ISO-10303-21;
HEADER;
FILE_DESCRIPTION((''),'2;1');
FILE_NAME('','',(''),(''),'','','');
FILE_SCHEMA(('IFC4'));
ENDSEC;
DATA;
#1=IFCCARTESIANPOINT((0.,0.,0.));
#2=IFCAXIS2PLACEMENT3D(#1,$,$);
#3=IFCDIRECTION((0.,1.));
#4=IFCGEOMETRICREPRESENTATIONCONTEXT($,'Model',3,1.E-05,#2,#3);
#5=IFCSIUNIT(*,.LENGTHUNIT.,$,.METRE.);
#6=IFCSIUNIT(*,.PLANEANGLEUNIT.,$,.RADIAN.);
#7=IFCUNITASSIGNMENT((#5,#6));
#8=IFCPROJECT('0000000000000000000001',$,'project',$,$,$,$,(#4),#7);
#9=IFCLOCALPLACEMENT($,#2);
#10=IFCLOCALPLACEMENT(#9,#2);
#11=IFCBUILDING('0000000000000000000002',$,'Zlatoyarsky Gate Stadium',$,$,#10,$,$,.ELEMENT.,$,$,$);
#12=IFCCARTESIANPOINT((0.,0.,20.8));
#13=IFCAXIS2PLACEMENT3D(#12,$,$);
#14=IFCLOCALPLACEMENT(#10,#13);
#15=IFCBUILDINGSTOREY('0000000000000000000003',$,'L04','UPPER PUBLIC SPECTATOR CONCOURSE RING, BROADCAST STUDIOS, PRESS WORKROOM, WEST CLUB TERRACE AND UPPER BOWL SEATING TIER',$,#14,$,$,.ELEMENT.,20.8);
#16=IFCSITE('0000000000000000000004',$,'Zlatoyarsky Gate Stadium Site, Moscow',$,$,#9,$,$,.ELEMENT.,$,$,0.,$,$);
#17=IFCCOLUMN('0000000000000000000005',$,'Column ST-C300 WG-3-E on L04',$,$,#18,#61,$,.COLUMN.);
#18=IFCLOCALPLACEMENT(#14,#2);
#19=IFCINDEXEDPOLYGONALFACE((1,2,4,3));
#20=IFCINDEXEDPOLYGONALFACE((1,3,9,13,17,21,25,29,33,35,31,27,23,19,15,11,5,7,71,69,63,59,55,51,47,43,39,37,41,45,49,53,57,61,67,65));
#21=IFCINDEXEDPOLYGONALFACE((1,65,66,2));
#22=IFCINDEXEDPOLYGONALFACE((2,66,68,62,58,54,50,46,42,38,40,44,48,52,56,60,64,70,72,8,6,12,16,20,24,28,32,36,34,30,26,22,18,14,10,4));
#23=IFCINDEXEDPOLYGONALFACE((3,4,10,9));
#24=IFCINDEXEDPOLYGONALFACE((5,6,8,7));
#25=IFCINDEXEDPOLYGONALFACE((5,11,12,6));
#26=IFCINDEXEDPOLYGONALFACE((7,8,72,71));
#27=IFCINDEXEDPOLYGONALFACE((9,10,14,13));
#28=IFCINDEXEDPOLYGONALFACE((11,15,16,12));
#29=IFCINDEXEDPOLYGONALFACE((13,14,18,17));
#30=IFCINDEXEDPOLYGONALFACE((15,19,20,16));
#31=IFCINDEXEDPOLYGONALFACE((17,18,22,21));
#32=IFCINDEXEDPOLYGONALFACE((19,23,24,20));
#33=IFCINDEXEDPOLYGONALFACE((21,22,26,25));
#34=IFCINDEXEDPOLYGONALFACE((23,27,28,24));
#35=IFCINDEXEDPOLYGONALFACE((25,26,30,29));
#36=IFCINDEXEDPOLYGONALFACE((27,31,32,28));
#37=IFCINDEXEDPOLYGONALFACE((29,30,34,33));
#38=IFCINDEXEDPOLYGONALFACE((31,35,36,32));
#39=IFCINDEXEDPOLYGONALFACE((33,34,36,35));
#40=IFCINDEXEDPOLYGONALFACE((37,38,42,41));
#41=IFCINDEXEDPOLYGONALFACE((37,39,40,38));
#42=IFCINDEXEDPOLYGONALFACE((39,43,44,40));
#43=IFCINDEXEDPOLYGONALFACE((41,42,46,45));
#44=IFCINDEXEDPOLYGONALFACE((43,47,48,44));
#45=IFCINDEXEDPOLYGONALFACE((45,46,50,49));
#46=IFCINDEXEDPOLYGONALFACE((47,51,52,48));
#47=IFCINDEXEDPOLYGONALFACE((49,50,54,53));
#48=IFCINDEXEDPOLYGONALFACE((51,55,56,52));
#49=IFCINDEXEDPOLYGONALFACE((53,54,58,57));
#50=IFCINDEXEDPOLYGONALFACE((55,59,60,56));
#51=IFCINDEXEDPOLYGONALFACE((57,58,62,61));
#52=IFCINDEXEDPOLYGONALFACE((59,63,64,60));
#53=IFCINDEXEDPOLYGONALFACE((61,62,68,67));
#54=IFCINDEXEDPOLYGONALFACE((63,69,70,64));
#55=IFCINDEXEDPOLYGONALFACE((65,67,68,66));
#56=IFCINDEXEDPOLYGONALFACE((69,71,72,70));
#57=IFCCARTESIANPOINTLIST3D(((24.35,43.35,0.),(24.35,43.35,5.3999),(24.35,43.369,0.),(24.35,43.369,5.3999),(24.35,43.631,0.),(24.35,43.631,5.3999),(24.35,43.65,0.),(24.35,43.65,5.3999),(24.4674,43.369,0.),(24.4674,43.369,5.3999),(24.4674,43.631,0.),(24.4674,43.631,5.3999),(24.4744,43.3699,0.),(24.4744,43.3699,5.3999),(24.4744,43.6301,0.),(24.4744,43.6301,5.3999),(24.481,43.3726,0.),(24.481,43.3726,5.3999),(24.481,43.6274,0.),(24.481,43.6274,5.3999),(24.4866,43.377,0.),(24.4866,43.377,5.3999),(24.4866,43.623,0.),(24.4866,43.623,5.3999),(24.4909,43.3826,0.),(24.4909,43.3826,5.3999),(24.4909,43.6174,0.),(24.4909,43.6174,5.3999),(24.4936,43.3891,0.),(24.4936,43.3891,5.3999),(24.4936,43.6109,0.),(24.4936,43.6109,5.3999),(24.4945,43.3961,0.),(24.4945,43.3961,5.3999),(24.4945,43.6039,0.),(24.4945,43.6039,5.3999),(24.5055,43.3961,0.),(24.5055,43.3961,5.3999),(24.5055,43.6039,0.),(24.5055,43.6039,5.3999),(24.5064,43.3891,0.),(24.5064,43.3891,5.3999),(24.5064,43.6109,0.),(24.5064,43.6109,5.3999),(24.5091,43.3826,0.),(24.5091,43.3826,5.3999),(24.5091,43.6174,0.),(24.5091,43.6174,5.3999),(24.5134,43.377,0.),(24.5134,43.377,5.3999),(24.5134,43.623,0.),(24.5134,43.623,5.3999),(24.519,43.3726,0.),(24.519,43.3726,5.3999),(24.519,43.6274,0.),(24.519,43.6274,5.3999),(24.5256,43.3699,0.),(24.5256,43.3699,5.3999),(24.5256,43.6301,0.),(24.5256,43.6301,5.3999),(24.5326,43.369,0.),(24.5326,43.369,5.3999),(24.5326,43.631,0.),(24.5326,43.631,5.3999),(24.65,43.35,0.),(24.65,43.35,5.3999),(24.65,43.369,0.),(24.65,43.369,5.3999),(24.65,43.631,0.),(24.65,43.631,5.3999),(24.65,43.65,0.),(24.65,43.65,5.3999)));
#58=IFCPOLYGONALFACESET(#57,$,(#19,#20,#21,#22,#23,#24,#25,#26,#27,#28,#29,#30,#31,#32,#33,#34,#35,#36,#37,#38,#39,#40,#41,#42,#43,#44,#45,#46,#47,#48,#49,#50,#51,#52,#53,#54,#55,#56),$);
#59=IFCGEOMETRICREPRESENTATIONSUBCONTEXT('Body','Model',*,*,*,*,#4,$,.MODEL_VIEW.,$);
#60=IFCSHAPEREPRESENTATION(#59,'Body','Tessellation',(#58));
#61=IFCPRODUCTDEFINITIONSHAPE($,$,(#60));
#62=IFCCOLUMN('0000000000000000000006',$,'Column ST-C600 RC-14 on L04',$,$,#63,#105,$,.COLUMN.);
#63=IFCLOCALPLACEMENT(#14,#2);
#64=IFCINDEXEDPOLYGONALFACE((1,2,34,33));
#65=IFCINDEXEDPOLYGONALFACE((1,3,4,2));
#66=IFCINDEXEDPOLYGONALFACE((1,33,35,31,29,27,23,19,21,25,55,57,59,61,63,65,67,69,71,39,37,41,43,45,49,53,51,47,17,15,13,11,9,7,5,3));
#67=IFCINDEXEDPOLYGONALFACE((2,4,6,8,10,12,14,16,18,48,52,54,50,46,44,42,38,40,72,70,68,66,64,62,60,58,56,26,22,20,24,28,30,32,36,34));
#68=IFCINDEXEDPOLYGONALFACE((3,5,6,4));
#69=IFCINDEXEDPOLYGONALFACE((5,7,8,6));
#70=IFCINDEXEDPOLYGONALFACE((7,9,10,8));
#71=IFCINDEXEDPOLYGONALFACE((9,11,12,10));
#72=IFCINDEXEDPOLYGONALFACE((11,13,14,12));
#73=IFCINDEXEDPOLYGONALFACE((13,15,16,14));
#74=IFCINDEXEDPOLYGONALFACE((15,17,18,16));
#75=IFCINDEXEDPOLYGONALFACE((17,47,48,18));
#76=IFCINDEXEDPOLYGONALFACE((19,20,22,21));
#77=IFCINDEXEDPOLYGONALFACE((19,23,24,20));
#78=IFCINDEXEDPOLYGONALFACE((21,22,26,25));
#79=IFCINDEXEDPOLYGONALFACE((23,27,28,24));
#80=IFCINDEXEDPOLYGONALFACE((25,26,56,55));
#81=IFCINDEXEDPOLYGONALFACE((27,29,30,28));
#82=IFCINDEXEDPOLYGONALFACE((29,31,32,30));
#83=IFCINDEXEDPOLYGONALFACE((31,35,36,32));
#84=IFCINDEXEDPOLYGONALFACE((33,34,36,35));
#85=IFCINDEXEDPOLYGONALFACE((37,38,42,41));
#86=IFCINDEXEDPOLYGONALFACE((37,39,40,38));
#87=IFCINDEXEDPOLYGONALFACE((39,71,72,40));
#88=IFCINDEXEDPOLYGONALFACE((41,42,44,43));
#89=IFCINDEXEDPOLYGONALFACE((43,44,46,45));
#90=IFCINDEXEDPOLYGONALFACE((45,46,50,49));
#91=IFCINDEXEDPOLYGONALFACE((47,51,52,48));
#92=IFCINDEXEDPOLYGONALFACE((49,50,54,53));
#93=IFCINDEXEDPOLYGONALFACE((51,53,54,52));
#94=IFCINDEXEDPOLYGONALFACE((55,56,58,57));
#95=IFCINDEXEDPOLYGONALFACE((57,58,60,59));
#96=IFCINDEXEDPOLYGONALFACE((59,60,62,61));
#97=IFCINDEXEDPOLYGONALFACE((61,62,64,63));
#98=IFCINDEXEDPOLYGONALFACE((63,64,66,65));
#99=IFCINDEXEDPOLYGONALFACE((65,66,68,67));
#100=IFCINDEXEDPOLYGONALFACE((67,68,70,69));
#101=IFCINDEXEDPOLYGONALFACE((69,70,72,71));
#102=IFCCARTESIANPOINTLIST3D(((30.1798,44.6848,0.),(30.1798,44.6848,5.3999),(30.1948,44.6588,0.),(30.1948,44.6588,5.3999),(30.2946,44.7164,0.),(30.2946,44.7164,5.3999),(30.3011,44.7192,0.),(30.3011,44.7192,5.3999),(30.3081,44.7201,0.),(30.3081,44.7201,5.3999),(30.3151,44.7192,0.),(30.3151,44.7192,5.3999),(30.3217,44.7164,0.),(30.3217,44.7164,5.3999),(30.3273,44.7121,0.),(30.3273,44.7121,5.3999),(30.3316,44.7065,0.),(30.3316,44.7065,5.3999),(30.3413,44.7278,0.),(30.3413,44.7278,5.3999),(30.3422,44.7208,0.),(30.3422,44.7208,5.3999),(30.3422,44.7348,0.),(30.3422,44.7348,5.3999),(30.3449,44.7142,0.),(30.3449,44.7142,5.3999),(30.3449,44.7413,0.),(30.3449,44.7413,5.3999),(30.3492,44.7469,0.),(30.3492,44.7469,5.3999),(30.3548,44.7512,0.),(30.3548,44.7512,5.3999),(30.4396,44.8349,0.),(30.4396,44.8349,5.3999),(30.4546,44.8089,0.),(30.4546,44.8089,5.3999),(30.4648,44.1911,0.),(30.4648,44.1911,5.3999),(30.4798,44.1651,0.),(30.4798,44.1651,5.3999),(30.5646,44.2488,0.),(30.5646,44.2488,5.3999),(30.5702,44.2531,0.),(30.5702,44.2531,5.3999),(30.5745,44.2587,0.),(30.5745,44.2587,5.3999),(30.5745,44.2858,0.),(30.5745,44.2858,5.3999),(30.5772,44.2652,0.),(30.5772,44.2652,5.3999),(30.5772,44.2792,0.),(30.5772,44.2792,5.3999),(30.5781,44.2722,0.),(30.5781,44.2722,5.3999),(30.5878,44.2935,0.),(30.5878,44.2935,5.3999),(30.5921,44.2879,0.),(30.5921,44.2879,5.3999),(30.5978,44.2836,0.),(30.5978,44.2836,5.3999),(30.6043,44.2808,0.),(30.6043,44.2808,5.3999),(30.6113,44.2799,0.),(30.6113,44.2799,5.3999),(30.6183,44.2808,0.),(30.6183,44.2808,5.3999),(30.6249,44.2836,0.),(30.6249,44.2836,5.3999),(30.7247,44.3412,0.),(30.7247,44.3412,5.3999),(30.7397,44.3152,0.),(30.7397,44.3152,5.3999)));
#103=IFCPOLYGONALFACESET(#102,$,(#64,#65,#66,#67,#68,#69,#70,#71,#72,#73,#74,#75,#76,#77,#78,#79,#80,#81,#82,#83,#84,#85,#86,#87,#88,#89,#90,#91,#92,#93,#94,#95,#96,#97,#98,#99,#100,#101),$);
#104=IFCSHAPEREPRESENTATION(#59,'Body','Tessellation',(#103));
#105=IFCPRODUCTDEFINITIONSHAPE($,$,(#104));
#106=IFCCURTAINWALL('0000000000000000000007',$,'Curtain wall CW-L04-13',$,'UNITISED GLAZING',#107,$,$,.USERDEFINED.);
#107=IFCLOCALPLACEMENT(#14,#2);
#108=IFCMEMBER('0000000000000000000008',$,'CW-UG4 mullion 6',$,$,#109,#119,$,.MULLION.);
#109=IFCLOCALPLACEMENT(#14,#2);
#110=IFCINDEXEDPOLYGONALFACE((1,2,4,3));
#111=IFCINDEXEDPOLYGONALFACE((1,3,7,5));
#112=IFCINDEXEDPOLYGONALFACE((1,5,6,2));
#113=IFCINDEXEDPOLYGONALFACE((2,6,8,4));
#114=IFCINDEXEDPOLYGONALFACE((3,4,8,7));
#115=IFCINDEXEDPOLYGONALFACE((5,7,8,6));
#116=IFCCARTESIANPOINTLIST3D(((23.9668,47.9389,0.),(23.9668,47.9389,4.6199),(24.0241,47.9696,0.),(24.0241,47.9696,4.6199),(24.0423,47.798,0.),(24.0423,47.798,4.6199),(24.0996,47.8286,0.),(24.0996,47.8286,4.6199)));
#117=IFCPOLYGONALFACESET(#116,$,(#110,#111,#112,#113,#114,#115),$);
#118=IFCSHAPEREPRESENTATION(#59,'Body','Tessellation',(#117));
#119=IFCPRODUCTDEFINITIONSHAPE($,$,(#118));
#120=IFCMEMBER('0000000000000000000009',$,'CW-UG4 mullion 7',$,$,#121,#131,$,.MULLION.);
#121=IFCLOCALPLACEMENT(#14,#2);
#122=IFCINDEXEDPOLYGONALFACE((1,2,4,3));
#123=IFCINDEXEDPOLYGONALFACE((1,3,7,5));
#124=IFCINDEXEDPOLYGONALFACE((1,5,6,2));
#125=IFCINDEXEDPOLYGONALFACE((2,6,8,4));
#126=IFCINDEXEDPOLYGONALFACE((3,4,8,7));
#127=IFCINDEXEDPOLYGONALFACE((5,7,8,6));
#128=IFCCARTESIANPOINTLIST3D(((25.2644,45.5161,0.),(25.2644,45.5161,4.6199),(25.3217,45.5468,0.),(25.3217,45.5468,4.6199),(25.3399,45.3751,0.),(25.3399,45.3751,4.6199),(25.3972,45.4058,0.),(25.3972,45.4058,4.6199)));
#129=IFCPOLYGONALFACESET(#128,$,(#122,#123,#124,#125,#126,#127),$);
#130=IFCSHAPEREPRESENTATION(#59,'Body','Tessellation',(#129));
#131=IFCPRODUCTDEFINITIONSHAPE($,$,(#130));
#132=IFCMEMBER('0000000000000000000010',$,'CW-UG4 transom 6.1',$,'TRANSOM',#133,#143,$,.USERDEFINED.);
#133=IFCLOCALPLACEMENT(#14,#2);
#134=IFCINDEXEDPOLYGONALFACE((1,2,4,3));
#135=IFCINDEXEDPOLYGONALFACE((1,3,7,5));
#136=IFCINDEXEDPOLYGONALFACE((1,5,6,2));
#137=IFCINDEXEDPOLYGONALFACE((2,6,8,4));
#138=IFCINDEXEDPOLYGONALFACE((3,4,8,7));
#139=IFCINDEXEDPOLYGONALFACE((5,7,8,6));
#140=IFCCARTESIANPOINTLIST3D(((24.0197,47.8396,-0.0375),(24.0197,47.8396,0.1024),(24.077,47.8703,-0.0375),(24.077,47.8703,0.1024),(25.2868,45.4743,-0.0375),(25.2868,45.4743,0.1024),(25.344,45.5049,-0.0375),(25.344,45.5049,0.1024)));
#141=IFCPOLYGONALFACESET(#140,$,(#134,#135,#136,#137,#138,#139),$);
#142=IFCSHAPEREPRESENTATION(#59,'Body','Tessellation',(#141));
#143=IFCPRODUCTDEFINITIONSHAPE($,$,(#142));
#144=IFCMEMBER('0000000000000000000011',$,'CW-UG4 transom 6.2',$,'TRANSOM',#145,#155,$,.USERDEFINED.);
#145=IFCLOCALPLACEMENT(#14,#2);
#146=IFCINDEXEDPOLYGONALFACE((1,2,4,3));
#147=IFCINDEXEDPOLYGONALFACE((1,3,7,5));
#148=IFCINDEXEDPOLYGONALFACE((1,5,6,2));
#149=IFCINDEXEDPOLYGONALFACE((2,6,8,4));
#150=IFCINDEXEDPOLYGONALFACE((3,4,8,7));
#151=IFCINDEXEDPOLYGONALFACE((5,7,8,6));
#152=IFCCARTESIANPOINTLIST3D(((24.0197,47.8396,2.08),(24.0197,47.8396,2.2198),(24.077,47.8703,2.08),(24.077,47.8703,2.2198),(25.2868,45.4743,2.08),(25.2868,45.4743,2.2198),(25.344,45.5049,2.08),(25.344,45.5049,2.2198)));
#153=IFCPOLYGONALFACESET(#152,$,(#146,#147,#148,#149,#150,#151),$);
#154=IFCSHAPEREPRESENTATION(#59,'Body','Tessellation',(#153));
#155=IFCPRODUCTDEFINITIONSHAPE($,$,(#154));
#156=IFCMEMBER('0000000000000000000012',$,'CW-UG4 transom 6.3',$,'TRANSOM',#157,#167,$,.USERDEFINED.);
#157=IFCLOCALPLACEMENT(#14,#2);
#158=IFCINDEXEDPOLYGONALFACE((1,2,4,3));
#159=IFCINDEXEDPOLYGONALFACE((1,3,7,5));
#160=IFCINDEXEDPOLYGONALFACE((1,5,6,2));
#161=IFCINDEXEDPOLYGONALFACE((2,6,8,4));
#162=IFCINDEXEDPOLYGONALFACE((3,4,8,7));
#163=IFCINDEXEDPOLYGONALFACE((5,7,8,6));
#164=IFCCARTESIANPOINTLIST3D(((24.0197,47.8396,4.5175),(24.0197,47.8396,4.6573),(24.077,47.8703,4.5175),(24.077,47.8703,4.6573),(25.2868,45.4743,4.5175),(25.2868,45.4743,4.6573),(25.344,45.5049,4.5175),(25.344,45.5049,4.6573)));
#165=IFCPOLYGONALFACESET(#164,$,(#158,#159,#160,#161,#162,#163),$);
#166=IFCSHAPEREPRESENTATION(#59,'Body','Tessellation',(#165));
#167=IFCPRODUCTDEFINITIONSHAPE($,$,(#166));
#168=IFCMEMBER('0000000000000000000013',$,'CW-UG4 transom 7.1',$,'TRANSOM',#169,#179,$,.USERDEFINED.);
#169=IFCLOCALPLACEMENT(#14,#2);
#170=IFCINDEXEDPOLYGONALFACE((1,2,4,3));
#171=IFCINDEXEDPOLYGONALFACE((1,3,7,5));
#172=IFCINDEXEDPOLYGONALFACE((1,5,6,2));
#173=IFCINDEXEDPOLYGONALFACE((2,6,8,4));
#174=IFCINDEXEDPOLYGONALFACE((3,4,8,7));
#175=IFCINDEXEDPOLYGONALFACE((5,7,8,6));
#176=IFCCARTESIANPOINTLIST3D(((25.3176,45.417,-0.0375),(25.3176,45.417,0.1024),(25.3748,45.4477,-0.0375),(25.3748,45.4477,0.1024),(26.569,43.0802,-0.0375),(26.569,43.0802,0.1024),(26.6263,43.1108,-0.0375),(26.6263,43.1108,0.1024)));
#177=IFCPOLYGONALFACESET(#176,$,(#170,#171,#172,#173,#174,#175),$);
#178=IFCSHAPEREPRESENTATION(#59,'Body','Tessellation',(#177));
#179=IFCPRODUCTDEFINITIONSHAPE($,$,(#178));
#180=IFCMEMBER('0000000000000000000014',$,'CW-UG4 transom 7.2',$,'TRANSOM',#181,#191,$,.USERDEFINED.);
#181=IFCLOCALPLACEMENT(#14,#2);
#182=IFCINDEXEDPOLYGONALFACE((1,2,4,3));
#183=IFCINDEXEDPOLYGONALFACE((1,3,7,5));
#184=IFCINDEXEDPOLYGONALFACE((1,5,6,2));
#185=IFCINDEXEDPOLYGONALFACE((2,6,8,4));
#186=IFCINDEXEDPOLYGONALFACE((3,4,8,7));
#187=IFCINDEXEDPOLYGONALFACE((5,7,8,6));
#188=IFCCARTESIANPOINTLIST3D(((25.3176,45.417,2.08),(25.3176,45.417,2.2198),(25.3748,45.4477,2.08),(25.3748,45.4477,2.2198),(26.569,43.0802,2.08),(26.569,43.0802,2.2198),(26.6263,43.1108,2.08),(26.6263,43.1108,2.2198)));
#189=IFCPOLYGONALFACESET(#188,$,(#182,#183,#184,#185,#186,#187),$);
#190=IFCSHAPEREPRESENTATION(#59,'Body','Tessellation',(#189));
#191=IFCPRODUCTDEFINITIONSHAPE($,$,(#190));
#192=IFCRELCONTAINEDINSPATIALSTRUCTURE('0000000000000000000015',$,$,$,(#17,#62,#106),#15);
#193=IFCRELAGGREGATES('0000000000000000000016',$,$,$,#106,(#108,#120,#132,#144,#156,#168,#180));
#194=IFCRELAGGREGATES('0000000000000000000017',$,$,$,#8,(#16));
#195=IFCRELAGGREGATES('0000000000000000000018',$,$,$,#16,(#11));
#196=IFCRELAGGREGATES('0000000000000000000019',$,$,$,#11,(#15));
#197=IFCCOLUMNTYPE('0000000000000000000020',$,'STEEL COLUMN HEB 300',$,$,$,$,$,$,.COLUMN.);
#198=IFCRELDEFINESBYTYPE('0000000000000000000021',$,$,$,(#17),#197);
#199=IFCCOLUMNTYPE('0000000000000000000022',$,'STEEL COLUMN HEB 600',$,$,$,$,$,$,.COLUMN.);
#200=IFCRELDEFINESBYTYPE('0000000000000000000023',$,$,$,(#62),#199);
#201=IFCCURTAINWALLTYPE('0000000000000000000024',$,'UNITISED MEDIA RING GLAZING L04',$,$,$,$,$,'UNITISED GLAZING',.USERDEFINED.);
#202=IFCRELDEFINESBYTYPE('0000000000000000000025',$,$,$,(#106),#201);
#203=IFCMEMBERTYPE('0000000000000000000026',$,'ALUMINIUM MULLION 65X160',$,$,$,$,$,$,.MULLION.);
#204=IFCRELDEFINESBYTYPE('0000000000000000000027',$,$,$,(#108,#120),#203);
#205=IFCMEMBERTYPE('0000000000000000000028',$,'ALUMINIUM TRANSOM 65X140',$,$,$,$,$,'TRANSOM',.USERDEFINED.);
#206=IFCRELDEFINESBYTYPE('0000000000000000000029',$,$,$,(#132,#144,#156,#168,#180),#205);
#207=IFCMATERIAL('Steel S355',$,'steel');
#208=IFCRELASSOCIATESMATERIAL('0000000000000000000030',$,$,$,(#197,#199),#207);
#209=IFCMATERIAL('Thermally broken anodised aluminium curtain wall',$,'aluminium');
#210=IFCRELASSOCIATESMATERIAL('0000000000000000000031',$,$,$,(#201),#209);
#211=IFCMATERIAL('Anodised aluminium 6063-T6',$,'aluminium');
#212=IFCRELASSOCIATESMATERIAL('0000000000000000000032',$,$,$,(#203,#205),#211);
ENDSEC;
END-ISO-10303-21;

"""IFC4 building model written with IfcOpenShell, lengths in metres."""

from ifc_helpers import new_model, si_unit, direction, frame, origin, origin_2d, place, context, subcontext, project, spatial, rectangle, i_section, extrude, material, material_profile, profile_set, type_object, element, aggregate, save


model = new_model("IFC4")

# Units and contexts
model_context = context("Model", 3, precision=1e-05, world=origin(), true_north=direction((0.0, 1.0)))
body_context = subcontext(model_context, "Body", "Model", "MODEL_VIEW")
ifc_project = project(units=[si_unit("LENGTHUNIT", "METRE"), si_unit("PLANEANGLEUNIT", "RADIAN")], contexts=[model_context])

# Site, building, storey
site_placement = place(None, origin())
site = spatial("IfcSite", under=ifc_project, at=site_placement, Name="Zlatoyarsky Gate Stadium Site, Moscow", CompositionType="ELEMENT", RefElevation=0.0)
building_placement = place(site_placement, origin())
building = spatial("IfcBuilding", under=site, at=building_placement, Name="Zlatoyarsky Gate Stadium", CompositionType="ELEMENT")
storey_placement = place(building_placement, frame((0.0, 0.0, 20.8)))
storey = spatial("IfcBuildingStorey", under=building, at=storey_placement, Name="L04", Description="UPPER PUBLIC SPECTATOR CONCOURSE RING, BROADCAST STUDIOS, PRESS WORKROOM, WEST CLUB TERRACE AND UPPER BOWL SEATING TIER", CompositionType="ELEMENT", Elevation=20.8)

# Columns
ifc_material_1 = material(Name="Steel S355", Category="steel")
ifc_material_profile_1 = material_profile(ifc_material_1, i_section(OverallWidth=0.3, OverallDepth=0.3, WebThickness=0.011, FlangeThickness=0.019, FilletRadius=0.0271, at=origin_2d()), Name="HEB 300")
ifc_profile_set_1 = profile_set([ifc_material_profile_1], Name="Steel S355")
column_type_1 = type_object("IfcColumnType", Name="STEEL COLUMN HEB 300", PredefinedType="COLUMN", material=ifc_profile_set_1)
column_1_placement = place(storey_placement, frame((24.5, 43.5, 0.0), z_axis=(0.0, 0.0, 1.0), x_axis=(1.0, 0.0, 0.0)))
element("IfcColumn", 1, at=column_1_placement, inside=storey, type_object=column_type_1, Name="Column ST-C300 WG-3-E on L04", PredefinedType="COLUMN", context=body_context, shape_type="SweptSolid", body=[
    extrude(i_section(OverallWidth=0.3, OverallDepth=0.3, WebThickness=0.011, FlangeThickness=0.019, FilletRadius=0.0271, at=origin_2d()), origin(), (0.0, 0.0, 1.0), 5.3999),
])
ifc_material_profile_2 = material_profile(ifc_material_1, i_section(OverallWidth=0.3, OverallDepth=0.6001, WebThickness=0.0154, FlangeThickness=0.03, FilletRadius=0.0271, at=origin_2d()), Name="HEB 600")
ifc_profile_set_2 = profile_set([ifc_material_profile_2], Name="Steel S355")
column_type_2 = type_object("IfcColumnType", Name="STEEL COLUMN HEB 600", PredefinedType="COLUMN", material=ifc_profile_set_2)
column_2_placement = place(storey_placement, frame((30.4597, 44.5, 0.0), z_axis=(0.0, 0.0, 1.0), x_axis=(-0.866025, -0.5, 0.0)))
element("IfcColumn", 2, at=column_2_placement, inside=storey, type_object=column_type_2, Name="Column ST-C600 RC-14 on L04", PredefinedType="COLUMN", context=body_context, shape_type="SweptSolid", body=[
    extrude(i_section(OverallWidth=0.3, OverallDepth=0.6001, WebThickness=0.0154, FlangeThickness=0.03, FilletRadius=0.0271, at=origin_2d()), origin(), (0.0, 0.0, 1.0), 5.3999),
])

# Curtain wall, members
ifc_material_2 = material(Name="Thermally broken anodised aluminium curtain wall", Category="aluminium")
curtain_wall_type = type_object("IfcCurtainWallType", Name="UNITISED MEDIA RING GLAZING L04", ElementType="UNITISED GLAZING", PredefinedType="USERDEFINED", material=ifc_material_2)
curtain_wall_placement = place(storey_placement, origin())
curtain_wall = element("IfcCurtainWall", 3, at=curtain_wall_placement, inside=storey, type_object=curtain_wall_type, Name="Curtain wall CW-L04-13", ObjectType="UNITISED GLAZING", PredefinedType="USERDEFINED")
ifc_material_3 = material(Name="Anodised aluminium 6063-T6", Category="aluminium")
ifc_material_profile_3 = material_profile(ifc_material_3, rectangle(XDim=0.0649, YDim=0.1599, at=origin_2d()), Name="ALU 65X160")
ifc_profile_set_3 = profile_set([ifc_material_profile_3], Name="Anodised aluminium 6063-T6")
member_type_1 = type_object("IfcMemberType", Name="ALUMINIUM MULLION 65X160", PredefinedType="MULLION", material=ifc_profile_set_3)
member_1_placement = place(storey_placement, frame((24.0332, 47.8838, 0.0), z_axis=(0.0, 0.0, 1.0), x_axis=(0.881521, 0.472145, 0.0)))
member_1 = element("IfcMember", 4, at=member_1_placement, type_object=member_type_1, Name="CW-UG4 mullion 6", PredefinedType="MULLION", context=body_context, shape_type="SweptSolid", body=[
    extrude(rectangle(XDim=0.0649, YDim=0.1599, at=origin_2d()), origin(), (0.0, 0.0, 1.0), 4.6199),
])
member_2_placement = place(storey_placement, frame((25.3308, 45.4609, 0.0), z_axis=(0.0, 0.0, 1.0), x_axis=(0.881521, 0.472145, 0.0)))
member_2 = element("IfcMember", 5, at=member_2_placement, type_object=member_type_1, Name="CW-UG4 mullion 7", PredefinedType="MULLION", context=body_context, shape_type="SweptSolid", body=[
    extrude(rectangle(XDim=0.0649, YDim=0.1599, at=origin_2d()), origin(), (0.0, 0.0, 1.0), 4.6199),
])
ifc_material_profile_4 = material_profile(ifc_material_3, rectangle(XDim=0.0649, YDim=0.1399, at=origin_2d()), Name="ALU 65X140")
ifc_profile_set_4 = profile_set([ifc_material_profile_4], Name="Anodised aluminium 6063-T6")
member_type_2 = type_object("IfcMemberType", Name="ALUMINIUM TRANSOM 65X140", ElementType="TRANSOM", PredefinedType="USERDEFINED", material=ifc_profile_set_4)
member_3_placement = place(storey_placement, frame((24.0483, 47.855, 0.0325), z_axis=(0.472184, -0.8815, 0.0), x_axis=(0.8815, 0.472184, 0.0)))
member_3 = element("IfcMember", 6, at=member_3_placement, type_object=member_type_2, Name="CW-UG4 transom 6.1", ObjectType="TRANSOM", PredefinedType="USERDEFINED", context=body_context, shape_type="SweptSolid", body=[
    extrude(rectangle(XDim=0.0649, YDim=0.1399, at=origin_2d()), origin(), (0.0, 0.0, 1.0), 2.6833),
])
member_4_placement = place(storey_placement, frame((24.0483, 47.855, 2.1499), z_axis=(0.472184, -0.8815, 0.0), x_axis=(0.8815, 0.472184, 0.0)))
member_4 = element("IfcMember", 7, at=member_4_placement, type_object=member_type_2, Name="CW-UG4 transom 6.2", ObjectType="TRANSOM", PredefinedType="USERDEFINED", context=body_context, shape_type="SweptSolid", body=[
    extrude(rectangle(XDim=0.0649, YDim=0.1399, at=origin_2d()), origin(), (0.0, 0.0, 1.0), 2.6833),
])
member_5_placement = place(storey_placement, frame((24.0483, 47.855, 4.5874), z_axis=(0.472184, -0.8815, 0.0), x_axis=(0.8815, 0.472184, 0.0)))
member_5 = element("IfcMember", 8, at=member_5_placement, type_object=member_type_2, Name="CW-UG4 transom 6.3", ObjectType="TRANSOM", PredefinedType="USERDEFINED", context=body_context, shape_type="SweptSolid", body=[
    extrude(rectangle(XDim=0.0649, YDim=0.1399, at=origin_2d()), origin(), (0.0, 0.0, 1.0), 2.6833),
])
member_6_placement = place(storey_placement, frame((25.3462, 45.4324, 0.0325), z_axis=(0.472089, -0.881551, 0.0), x_axis=(0.881551, 0.472089, 0.0)))
member_6 = element("IfcMember", 9, at=member_6_placement, type_object=member_type_2, Name="CW-UG4 transom 7.1", ObjectType="TRANSOM", PredefinedType="USERDEFINED", context=body_context, shape_type="SweptSolid", body=[
    extrude(rectangle(XDim=0.0649, YDim=0.1399, at=origin_2d()), origin(), (0.0, 0.0, 1.0), 2.6509),
])
member_7_placement = place(storey_placement, frame((25.3462, 45.4324, 2.1499), z_axis=(0.472089, -0.881551, 0.0), x_axis=(0.881551, 0.472089, 0.0)))
member_7 = element("IfcMember", 10, at=member_7_placement, type_object=member_type_2, Name="CW-UG4 transom 7.2", ObjectType="TRANSOM", PredefinedType="USERDEFINED", context=body_context, shape_type="SweptSolid", body=[
    extrude(rectangle(XDim=0.0649, YDim=0.1399, at=origin_2d()), origin(), (0.0, 0.0, 1.0), 2.6509),
])

aggregate(curtain_wall, [member_1, member_2, member_3, member_4, member_5, member_6, member_7])

save(model, "model.ifc")
